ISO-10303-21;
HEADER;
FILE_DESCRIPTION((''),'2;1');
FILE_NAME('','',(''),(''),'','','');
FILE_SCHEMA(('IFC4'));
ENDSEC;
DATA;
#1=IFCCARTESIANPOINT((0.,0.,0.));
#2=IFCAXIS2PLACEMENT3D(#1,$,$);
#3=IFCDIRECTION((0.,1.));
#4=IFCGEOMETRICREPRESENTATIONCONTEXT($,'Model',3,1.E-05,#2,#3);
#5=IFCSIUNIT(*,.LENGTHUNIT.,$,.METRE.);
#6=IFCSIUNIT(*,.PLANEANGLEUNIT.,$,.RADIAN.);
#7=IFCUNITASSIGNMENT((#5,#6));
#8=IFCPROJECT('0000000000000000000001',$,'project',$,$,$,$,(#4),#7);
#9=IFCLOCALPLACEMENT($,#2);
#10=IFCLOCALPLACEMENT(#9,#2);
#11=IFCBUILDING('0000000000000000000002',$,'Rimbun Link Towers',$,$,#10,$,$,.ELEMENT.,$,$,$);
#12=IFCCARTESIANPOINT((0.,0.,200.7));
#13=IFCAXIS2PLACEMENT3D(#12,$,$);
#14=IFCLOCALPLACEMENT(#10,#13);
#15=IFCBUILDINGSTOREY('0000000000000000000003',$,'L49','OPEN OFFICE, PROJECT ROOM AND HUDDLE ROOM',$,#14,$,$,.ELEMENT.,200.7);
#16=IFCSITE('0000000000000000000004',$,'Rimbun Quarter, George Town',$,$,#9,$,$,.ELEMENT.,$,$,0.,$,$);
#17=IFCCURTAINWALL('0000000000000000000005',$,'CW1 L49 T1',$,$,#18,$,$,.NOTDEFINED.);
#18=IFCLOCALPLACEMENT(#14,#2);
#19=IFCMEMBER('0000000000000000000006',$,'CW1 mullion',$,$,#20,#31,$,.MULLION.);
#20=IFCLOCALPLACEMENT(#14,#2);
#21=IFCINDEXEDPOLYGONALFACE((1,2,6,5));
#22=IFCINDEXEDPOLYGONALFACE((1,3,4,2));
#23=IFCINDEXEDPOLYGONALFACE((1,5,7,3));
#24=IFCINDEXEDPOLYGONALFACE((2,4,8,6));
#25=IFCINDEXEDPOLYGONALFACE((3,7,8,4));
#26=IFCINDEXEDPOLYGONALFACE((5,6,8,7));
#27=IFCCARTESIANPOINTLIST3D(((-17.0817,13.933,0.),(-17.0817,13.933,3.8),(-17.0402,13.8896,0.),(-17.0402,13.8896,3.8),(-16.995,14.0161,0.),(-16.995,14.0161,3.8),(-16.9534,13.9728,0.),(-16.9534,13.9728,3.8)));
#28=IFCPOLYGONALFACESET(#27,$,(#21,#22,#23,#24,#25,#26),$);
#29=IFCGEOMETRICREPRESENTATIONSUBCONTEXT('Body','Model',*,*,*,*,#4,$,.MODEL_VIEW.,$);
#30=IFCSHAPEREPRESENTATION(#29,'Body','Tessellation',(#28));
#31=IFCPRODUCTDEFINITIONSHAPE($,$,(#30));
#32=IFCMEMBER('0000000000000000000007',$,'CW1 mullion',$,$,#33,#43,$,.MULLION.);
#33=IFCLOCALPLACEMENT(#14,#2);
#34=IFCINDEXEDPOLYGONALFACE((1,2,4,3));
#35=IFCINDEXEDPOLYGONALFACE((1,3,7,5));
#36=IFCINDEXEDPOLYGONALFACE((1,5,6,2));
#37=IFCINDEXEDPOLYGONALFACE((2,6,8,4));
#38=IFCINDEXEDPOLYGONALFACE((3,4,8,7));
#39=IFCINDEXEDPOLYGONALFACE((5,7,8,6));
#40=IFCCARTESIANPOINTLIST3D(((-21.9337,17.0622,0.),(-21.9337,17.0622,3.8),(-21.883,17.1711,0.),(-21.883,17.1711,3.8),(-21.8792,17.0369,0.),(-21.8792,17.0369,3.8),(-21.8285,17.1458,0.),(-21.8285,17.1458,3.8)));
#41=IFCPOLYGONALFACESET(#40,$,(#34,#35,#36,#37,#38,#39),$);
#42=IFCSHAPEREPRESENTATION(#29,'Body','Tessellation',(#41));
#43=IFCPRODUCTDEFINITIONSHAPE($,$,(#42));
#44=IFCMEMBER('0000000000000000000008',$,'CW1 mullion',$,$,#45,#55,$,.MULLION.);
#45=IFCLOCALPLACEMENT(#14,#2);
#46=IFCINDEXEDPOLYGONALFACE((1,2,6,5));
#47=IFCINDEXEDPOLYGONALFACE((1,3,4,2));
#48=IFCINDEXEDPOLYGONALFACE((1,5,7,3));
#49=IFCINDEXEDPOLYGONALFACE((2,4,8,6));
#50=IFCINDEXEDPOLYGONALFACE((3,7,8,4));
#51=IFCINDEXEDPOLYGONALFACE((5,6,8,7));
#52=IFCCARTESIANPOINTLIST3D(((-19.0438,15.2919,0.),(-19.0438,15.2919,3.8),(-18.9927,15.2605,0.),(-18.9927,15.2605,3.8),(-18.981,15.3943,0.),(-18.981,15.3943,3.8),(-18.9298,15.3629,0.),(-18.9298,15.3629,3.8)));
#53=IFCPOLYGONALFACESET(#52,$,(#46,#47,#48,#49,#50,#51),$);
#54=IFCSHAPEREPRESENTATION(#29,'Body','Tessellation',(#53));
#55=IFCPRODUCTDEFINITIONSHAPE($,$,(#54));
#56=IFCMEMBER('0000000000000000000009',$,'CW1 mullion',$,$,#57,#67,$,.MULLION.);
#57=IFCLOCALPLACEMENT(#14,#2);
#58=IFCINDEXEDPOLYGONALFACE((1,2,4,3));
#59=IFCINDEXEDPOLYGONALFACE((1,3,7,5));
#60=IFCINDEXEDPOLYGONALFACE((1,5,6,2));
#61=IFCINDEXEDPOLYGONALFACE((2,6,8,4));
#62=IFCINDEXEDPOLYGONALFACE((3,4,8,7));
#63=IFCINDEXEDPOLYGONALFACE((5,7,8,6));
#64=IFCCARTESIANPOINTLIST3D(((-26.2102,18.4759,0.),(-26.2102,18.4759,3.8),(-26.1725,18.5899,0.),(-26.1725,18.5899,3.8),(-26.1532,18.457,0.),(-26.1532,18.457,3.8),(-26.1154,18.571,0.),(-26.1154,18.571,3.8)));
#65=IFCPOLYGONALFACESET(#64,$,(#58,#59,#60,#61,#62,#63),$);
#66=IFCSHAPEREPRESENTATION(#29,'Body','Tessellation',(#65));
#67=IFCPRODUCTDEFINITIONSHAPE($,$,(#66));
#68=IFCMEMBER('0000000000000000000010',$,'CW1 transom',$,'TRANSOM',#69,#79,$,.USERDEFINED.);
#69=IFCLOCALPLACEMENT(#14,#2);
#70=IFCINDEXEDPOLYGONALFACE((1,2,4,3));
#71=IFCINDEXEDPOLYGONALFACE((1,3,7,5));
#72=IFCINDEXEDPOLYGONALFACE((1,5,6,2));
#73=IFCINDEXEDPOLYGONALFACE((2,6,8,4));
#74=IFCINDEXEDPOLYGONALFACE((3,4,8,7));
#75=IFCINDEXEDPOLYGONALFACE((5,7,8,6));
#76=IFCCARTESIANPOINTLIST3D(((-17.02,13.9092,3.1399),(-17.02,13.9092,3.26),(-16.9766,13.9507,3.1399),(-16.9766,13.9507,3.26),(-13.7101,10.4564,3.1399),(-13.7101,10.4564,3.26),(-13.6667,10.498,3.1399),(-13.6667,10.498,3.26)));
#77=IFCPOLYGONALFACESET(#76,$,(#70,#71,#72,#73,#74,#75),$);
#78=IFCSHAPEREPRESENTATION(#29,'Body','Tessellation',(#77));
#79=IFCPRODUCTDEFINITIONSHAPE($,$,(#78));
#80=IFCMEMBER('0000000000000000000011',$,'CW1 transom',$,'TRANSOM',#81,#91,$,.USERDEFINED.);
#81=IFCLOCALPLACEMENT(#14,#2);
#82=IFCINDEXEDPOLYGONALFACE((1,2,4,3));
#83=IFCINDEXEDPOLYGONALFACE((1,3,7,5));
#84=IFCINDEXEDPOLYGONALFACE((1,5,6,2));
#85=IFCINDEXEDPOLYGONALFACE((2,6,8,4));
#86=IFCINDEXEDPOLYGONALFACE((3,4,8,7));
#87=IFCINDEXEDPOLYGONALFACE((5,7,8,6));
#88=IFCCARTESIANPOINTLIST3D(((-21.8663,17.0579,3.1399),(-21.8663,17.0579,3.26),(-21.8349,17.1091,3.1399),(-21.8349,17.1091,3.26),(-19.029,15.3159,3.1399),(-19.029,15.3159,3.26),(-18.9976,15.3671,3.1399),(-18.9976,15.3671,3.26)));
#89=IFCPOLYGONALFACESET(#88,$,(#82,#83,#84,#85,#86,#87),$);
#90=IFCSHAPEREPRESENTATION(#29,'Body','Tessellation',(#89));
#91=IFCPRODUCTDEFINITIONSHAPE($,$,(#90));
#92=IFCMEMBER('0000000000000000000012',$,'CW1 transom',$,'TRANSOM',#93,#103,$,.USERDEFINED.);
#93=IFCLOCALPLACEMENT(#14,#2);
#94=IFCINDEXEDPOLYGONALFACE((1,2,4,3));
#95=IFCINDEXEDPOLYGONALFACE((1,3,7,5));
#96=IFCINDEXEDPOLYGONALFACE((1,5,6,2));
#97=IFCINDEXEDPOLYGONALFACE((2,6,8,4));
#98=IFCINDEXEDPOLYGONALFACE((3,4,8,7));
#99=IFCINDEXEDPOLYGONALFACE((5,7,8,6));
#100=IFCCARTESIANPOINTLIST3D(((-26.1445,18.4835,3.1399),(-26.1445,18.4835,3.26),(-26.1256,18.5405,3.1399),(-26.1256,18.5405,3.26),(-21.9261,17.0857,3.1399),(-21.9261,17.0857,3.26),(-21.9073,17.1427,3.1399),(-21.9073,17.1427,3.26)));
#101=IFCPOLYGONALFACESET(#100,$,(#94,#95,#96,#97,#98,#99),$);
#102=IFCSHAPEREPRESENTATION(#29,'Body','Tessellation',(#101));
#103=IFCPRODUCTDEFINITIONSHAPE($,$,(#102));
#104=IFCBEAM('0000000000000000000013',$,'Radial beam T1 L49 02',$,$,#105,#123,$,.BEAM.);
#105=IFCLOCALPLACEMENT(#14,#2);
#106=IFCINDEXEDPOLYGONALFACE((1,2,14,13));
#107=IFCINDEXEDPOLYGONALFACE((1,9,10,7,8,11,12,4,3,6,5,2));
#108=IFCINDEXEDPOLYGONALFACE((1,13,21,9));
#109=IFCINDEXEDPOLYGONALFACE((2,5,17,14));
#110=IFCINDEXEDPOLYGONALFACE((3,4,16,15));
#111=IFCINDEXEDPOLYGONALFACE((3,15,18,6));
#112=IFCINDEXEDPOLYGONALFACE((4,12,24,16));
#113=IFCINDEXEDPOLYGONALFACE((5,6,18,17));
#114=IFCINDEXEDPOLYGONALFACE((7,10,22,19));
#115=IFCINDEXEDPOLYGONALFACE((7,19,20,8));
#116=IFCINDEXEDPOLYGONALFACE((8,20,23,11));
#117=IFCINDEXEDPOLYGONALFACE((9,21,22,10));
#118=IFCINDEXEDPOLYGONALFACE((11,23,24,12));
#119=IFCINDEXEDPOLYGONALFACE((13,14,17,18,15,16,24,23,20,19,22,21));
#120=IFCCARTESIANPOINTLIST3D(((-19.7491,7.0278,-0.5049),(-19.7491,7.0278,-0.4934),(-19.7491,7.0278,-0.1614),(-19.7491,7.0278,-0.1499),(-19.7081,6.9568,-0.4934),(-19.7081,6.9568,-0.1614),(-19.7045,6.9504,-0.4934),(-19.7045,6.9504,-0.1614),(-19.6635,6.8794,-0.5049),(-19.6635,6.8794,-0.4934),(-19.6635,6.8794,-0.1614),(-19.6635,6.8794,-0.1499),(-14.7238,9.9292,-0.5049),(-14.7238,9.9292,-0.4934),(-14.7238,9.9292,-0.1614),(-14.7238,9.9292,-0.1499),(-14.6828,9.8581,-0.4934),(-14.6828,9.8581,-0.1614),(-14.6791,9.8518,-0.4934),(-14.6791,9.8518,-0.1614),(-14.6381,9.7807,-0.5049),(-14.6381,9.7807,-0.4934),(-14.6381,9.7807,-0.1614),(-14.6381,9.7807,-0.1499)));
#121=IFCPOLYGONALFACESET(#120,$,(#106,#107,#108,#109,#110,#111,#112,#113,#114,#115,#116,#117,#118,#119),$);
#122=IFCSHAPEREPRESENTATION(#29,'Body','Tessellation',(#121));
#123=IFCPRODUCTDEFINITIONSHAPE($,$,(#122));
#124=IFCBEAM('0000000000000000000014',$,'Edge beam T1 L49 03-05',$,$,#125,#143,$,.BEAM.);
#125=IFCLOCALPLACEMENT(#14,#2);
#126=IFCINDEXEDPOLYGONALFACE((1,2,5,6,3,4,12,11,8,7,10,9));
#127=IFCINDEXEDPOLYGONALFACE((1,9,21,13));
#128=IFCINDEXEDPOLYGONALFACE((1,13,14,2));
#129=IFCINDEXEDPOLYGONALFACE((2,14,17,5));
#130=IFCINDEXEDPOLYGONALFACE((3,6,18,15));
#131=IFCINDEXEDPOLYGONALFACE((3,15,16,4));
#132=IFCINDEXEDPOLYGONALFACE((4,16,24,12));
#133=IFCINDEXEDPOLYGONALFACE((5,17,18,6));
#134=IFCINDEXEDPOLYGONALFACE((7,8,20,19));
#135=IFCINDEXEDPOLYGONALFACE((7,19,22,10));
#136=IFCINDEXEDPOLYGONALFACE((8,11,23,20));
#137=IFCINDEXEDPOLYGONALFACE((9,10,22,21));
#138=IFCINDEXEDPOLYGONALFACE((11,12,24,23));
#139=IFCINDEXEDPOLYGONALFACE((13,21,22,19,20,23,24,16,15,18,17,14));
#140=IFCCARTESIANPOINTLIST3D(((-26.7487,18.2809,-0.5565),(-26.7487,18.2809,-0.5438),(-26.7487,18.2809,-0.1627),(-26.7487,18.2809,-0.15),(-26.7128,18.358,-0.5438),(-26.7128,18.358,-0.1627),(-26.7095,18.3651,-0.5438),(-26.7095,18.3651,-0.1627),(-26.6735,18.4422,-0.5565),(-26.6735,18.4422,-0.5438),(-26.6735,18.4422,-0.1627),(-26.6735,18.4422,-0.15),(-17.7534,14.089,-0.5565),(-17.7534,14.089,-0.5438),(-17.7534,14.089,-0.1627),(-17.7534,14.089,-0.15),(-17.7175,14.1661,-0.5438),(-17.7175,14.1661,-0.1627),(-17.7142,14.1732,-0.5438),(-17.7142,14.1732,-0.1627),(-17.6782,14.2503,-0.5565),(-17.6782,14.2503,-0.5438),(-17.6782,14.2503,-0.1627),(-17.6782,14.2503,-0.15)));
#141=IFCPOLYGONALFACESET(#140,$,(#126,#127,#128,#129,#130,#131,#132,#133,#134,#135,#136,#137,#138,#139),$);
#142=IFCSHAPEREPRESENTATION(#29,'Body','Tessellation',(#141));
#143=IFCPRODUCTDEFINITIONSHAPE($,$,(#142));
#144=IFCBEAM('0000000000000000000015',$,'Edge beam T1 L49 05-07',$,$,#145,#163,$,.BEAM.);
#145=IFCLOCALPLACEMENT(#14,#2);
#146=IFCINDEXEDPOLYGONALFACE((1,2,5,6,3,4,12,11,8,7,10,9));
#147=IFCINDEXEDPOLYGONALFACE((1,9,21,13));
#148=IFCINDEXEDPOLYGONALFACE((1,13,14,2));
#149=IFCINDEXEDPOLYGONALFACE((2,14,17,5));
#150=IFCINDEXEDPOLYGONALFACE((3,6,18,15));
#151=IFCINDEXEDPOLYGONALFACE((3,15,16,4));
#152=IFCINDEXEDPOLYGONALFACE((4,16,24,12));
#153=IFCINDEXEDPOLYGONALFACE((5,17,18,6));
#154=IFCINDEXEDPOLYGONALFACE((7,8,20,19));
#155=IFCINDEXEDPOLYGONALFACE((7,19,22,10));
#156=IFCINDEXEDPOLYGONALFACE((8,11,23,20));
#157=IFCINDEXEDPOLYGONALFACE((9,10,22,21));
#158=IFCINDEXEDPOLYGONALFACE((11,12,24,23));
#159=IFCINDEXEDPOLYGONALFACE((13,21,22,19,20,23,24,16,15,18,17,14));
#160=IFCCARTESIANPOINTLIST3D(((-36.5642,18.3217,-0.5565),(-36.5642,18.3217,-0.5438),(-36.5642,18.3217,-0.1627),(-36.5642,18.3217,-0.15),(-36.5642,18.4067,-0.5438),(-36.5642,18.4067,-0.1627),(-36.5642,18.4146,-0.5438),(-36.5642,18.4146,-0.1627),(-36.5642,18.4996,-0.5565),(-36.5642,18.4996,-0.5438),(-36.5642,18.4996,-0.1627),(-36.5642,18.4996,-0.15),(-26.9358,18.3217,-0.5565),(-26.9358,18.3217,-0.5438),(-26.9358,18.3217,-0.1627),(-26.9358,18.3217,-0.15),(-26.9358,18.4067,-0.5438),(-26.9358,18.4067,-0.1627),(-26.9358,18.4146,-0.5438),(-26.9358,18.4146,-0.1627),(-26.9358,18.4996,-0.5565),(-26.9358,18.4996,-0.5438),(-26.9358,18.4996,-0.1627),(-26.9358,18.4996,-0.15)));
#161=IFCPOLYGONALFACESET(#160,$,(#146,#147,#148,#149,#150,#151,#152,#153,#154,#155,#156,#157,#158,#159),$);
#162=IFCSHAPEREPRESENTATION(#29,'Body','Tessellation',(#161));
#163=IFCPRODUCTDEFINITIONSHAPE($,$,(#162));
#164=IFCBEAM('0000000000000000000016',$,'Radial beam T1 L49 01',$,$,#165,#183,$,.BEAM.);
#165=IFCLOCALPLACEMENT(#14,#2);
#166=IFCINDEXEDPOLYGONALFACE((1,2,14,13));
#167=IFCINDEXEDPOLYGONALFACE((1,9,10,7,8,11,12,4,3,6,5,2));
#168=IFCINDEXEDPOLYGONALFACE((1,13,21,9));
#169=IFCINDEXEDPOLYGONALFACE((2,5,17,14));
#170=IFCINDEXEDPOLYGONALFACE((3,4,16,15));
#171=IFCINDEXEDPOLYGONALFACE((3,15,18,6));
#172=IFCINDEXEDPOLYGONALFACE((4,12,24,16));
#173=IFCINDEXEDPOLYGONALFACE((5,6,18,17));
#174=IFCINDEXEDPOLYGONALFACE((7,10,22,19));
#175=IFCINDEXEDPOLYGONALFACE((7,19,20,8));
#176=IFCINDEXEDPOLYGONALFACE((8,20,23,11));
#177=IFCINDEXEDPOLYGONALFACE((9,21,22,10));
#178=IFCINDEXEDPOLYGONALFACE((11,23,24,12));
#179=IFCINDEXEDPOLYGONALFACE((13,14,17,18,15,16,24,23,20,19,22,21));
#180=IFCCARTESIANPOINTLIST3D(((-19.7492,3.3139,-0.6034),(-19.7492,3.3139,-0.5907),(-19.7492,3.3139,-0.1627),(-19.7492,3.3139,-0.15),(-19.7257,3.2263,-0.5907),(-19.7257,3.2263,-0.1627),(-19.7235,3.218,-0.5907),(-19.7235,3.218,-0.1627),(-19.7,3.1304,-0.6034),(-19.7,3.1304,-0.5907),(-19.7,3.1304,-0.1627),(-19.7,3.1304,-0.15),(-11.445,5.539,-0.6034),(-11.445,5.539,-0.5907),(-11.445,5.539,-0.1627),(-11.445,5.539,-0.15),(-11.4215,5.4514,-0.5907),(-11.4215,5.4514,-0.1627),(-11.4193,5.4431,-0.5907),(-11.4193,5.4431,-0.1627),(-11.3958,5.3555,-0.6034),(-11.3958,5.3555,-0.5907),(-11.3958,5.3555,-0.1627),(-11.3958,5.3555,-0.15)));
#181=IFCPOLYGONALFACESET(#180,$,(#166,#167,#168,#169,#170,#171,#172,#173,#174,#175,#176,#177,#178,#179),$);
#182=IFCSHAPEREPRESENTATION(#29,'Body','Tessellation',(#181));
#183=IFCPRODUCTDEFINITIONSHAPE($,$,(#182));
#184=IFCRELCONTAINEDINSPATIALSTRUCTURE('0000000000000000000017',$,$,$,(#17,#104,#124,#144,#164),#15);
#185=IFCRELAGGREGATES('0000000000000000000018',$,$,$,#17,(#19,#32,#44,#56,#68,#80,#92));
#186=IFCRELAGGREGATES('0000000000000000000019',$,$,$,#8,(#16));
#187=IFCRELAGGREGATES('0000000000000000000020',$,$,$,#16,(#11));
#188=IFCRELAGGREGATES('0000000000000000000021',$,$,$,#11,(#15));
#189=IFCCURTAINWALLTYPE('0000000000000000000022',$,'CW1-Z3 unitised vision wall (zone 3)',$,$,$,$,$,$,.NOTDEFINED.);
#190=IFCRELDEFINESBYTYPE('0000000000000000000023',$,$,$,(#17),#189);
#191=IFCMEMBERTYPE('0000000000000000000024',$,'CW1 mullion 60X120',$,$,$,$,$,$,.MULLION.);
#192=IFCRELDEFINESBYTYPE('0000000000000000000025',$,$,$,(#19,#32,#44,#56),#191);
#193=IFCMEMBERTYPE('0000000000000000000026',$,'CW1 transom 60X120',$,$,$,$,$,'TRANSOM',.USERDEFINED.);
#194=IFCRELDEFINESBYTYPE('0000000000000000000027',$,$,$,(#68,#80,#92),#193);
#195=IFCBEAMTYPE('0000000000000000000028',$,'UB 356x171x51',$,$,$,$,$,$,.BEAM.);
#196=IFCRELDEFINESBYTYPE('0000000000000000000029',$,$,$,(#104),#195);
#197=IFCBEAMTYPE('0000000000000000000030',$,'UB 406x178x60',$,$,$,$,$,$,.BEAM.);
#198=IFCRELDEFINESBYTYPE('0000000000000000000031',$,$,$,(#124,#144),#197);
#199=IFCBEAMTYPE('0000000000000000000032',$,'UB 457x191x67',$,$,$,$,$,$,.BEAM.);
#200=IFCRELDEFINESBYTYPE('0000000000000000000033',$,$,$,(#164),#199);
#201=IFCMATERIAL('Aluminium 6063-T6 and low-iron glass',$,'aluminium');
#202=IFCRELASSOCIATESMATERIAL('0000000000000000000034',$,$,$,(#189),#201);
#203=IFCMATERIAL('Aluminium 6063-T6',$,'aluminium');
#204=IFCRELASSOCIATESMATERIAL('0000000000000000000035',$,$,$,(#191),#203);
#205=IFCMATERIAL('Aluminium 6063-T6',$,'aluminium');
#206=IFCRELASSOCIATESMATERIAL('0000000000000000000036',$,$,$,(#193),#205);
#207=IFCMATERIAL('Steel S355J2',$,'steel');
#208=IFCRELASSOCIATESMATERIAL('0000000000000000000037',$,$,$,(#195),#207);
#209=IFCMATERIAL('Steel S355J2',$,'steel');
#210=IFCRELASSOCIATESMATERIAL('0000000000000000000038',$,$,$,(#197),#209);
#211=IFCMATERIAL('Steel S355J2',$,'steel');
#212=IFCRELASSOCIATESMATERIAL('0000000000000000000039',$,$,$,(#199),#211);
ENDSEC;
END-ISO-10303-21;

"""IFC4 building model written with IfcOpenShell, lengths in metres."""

from ifc_helpers import new_model, si_unit, direction, frame, origin, origin_2d, place, context, subcontext, project, spatial, rectangle, i_section, extrude, material, material_profile, profile_set, type_object, element, aggregate, save


model = new_model("IFC4")

# Units and contexts
model_context = context("Model", 3, precision=1e-05, world=origin(), true_north=direction((0.0, 1.0)))
body_context = subcontext(model_context, "Body", "Model", "MODEL_VIEW")
ifc_project = project(units=[si_unit("LENGTHUNIT", "METRE"), si_unit("PLANEANGLEUNIT", "RADIAN")], contexts=[model_context])

# Site, building, storey
site_placement = place(None, origin())
site = spatial("IfcSite", under=ifc_project, at=site_placement, Name="Rimbun Quarter, George Town", CompositionType="ELEMENT", RefElevation=0.0)
building_placement = place(site_placement, origin())
building = spatial("IfcBuilding", under=site, at=building_placement, Name="Rimbun Link Towers", CompositionType="ELEMENT")
storey_placement = place(building_placement, frame((0.0, 0.0, 200.7)))
storey = spatial("IfcBuildingStorey", under=building, at=storey_placement, Name="L49", Description="OPEN OFFICE, PROJECT ROOM AND HUDDLE ROOM", CompositionType="ELEMENT", Elevation=200.7)

# Curtain wall, members
ifc_material_1 = material(Name="Aluminium 6063-T6 and low-iron glass", Category="aluminium")
curtain_wall_type = type_object("IfcCurtainWallType", Name="CW1-Z3 unitised vision wall (zone 3)", PredefinedType="NOTDEFINED", material=ifc_material_1)
curtain_wall_placement = place(storey_placement, origin())
curtain_wall = element("IfcCurtainWall", 1, at=curtain_wall_placement, inside=storey, type_object=curtain_wall_type, Name="CW1 L49 T1", PredefinedType="NOTDEFINED")
ifc_material_2 = material(Name="Aluminium 6063-T6", Category="aluminium")
ifc_material_profile_1 = material_profile(ifc_material_2, rectangle(XDim=0.1201, YDim=0.0601, at=origin_2d()), Name="MULLION 60X120")
ifc_profile_set_1 = profile_set([ifc_material_profile_1], Name="Aluminium 6063-T6")
member_type_1 = type_object("IfcMemberType", Name="CW1 mullion 60X120", PredefinedType="MULLION", material=ifc_profile_set_1)
member_1_placement = place(storey_placement, frame((-17.0176, 13.9529, 0.0), z_axis=(0.0, 0.0, 1.0), x_axis=(0.721859, 0.692041, 0.0)))
member_1 = element("IfcMember", 2, at=member_1_placement, type_object=member_type_1, Name="CW1 mullion", PredefinedType="MULLION", context=body_context, shape_type="SweptSolid", body=[
    extrude(rectangle(XDim=0.1201, YDim=0.0601, at=origin_2d()), origin(), (0.0, 0.0, 1.0), 3.8),
])
member_2_placement = place(storey_placement, frame((-21.8811, 17.104, 0.0), z_axis=(0.0, 0.0, 1.0), x_axis=(0.421695, 0.906738, 0.0)))
member_2 = element("IfcMember", 3, at=member_2_placement, type_object=member_type_1, Name="CW1 mullion", PredefinedType="MULLION", context=body_context, shape_type="SweptSolid", body=[
    extrude(rectangle(XDim=0.1201, YDim=0.0601, at=origin_2d()), origin(), (0.0, 0.0, 1.0), 3.8),
])
member_3_placement = place(storey_placement, frame((-18.9868, 15.3274, 0.0), z_axis=(0.0, 0.0, 1.0), x_axis=(0.523229, 0.852192, 0.0)))
member_3 = element("IfcMember", 4, at=member_3_placement, type_object=member_type_1, Name="CW1 mullion", PredefinedType="MULLION", context=body_context, shape_type="SweptSolid", body=[
    extrude(rectangle(XDim=0.1201, YDim=0.0601, at=origin_2d()), origin(), (0.0, 0.0, 1.0), 3.8),
])
member_4_placement = place(storey_placement, frame((-26.1628, 18.5234, 0.0), z_axis=(0.0, 0.0, 1.0), x_axis=(0.314558, 0.949238, 0.0)))
member_4 = element("IfcMember", 5, at=member_4_placement, type_object=member_type_1, Name="CW1 mullion", PredefinedType="MULLION", context=body_context, shape_type="SweptSolid", body=[
    extrude(rectangle(XDim=0.1201, YDim=0.0601, at=origin_2d()), origin(), (0.0, 0.0, 1.0), 3.8),
])
ifc_material_3 = material(Name="Aluminium 6063-T6", Category="aluminium")
ifc_material_profile_2 = material_profile(ifc_material_3, rectangle(XDim=0.0601, YDim=0.1201, at=origin_2d()), Name="TRANSOM 60X120")
ifc_profile_set_2 = profile_set([ifc_material_profile_2], Name="Aluminium 6063-T6")
member_type_2 = type_object("IfcMemberType", Name="CW1 transom 60X120", ElementType="TRANSOM", PredefinedType="USERDEFINED", material=ifc_profile_set_2)
member_5_placement = place(storey_placement, frame((-16.9983, 13.9299, 3.2), z_axis=(0.692018, -0.72188, 0.0), x_axis=(0.72188, 0.692018, 0.0)))
member_5 = element("IfcMember", 6, at=member_5_placement, type_object=member_type_2, Name="CW1 transom", ObjectType="TRANSOM", PredefinedType="USERDEFINED", context=body_context, shape_type="SweptSolid", body=[
    extrude(rectangle(XDim=0.0601, YDim=0.1201, at=origin_2d()), origin(), (0.0, 0.0, 1.0), 4.783),
])
member_6_placement = place(storey_placement, frame((-21.8506, 17.0835, 3.2), z_axis=(0.852194, -0.523226, 0.0), x_axis=(0.523226, 0.852194, 0.0)))
member_6 = element("IfcMember", 7, at=member_6_placement, type_object=member_type_2, Name="CW1 transom", ObjectType="TRANSOM", PredefinedType="USERDEFINED", context=body_context, shape_type="SweptSolid", body=[
    extrude(rectangle(XDim=0.0601, YDim=0.1201, at=origin_2d()), origin(), (0.0, 0.0, 1.0), 3.3293),
])
member_7_placement = place(storey_placement, frame((-26.135, 18.512, 3.2), z_axis=(0.949248, -0.31453, 0.0), x_axis=(0.31453, 0.949248, 0.0)))
member_7 = element("IfcMember", 8, at=member_7_placement, type_object=member_type_2, Name="CW1 transom", ObjectType="TRANSOM", PredefinedType="USERDEFINED", context=body_context, shape_type="SweptSolid", body=[
    extrude(rectangle(XDim=0.0601, YDim=0.1201, at=origin_2d()), origin(), (0.0, 0.0, 1.0), 4.4438),
])

# Beams
ifc_material_4 = material(Name="Steel S355J2", Category="steel")
ifc_material_profile_3 = material_profile(ifc_material_4, i_section(OverallWidth=0.1714, OverallDepth=0.355, WebThickness=0.0073, FlangeThickness=0.0115, at=origin_2d()), Name="UB 356x171x51")
ifc_profile_set_3 = profile_set([ifc_material_profile_3], Name="Steel S355J2")
beam_type_1 = type_object("IfcBeamType", Name="UB 356x171x51", PredefinedType="BEAM", material=ifc_profile_set_3)
beam_1_placement = place(storey_placement, frame((-19.7063, 6.9536, -0.3274), z_axis=(0.866029, 0.499994, 0.0), x_axis=(-0.499994, 0.866029, 0.0)))
element("IfcBeam", 9, at=beam_1_placement, inside=storey, type_object=beam_type_1, Name="Radial beam T1 L49 02", PredefinedType="BEAM", context=body_context, shape_type="SweptSolid", body=[
    extrude(i_section(OverallWidth=0.1714, OverallDepth=0.355, WebThickness=0.0073, FlangeThickness=0.0115, at=origin_2d()), origin(), (0.0, 0.0, 1.0), 5.8027),
])
ifc_material_5 = material(Name="Steel S355J2", Category="steel")
ifc_material_profile_4 = material_profile(ifc_material_5, i_section(OverallWidth=0.178, OverallDepth=0.4065, WebThickness=0.0078, FlangeThickness=0.0127, at=origin_2d()), Name="UB 406x178x60")
ifc_profile_set_4 = profile_set([ifc_material_profile_4], Name="Steel S355J2")
beam_type_2 = type_object("IfcBeamType", Name="UB 406x178x60", PredefinedType="BEAM", material=ifc_profile_set_4)
beam_2_placement = place(storey_placement, frame((-17.7158, 14.1697, -0.3533), z_axis=(-0.906412, 0.422394, 0.0), x_axis=(-0.422394, -0.906412, 0.0)))
element("IfcBeam", 10, at=beam_2_placement, inside=storey, type_object=beam_type_2, Name="Edge beam T1 L49 03-05", PredefinedType="BEAM", context=body_context, shape_type="SweptSolid", body=[
    extrude(i_section(OverallWidth=0.178, OverallDepth=0.4065, WebThickness=0.0078, FlangeThickness=0.0127, at=origin_2d()), origin(), (0.0, 0.0, 1.0), 9.9241),
])
beam_3_placement = place(storey_placement, frame((-26.9358, 18.4106, -0.3533), z_axis=(-1.0, 0.0, 0.0), x_axis=(0.0, -1.0, 0.0)))
element("IfcBeam", 11, at=beam_3_placement, inside=storey, type_object=beam_type_2, Name="Edge beam T1 L49 05-07", PredefinedType="BEAM", context=body_context, shape_type="SweptSolid", body=[
    extrude(i_section(OverallWidth=0.178, OverallDepth=0.4065, WebThickness=0.0078, FlangeThickness=0.0127, at=origin_2d()), origin(), (0.0, 0.0, 1.0), 9.6284),
])
ifc_material_6 = material(Name="Steel S355J2", Category="steel")
ifc_material_profile_5 = material_profile(ifc_material_6, i_section(OverallWidth=0.1899, OverallDepth=0.4534, WebThickness=0.0085, FlangeThickness=0.0127, at=origin_2d()), Name="UB 457x191x67")
ifc_profile_set_5 = profile_set([ifc_material_profile_5], Name="Steel S355J2")
beam_type_3 = type_object("IfcBeamType", Name="UB 457x191x67", PredefinedType="BEAM", material=ifc_profile_set_5)
beam_4_placement = place(storey_placement, frame((-19.7246, 3.2222, -0.3767), z_axis=(0.965926, 0.258818, 0.0), x_axis=(-0.258818, 0.965926, 0.0)))
element("IfcBeam", 12, at=beam_4_placement, inside=storey, type_object=beam_type_3, Name="Radial beam T1 L49 01", PredefinedType="BEAM", context=body_context, shape_type="SweptSolid", body=[
    extrude(i_section(OverallWidth=0.1899, OverallDepth=0.4534, WebThickness=0.0085, FlangeThickness=0.0127, at=origin_2d()), origin(), (0.0, 0.0, 1.0), 8.5972),
])

aggregate(curtain_wall, [member_1, member_2, member_3, member_4, member_5, member_6, member_7])

save(model, "model.ifc")
